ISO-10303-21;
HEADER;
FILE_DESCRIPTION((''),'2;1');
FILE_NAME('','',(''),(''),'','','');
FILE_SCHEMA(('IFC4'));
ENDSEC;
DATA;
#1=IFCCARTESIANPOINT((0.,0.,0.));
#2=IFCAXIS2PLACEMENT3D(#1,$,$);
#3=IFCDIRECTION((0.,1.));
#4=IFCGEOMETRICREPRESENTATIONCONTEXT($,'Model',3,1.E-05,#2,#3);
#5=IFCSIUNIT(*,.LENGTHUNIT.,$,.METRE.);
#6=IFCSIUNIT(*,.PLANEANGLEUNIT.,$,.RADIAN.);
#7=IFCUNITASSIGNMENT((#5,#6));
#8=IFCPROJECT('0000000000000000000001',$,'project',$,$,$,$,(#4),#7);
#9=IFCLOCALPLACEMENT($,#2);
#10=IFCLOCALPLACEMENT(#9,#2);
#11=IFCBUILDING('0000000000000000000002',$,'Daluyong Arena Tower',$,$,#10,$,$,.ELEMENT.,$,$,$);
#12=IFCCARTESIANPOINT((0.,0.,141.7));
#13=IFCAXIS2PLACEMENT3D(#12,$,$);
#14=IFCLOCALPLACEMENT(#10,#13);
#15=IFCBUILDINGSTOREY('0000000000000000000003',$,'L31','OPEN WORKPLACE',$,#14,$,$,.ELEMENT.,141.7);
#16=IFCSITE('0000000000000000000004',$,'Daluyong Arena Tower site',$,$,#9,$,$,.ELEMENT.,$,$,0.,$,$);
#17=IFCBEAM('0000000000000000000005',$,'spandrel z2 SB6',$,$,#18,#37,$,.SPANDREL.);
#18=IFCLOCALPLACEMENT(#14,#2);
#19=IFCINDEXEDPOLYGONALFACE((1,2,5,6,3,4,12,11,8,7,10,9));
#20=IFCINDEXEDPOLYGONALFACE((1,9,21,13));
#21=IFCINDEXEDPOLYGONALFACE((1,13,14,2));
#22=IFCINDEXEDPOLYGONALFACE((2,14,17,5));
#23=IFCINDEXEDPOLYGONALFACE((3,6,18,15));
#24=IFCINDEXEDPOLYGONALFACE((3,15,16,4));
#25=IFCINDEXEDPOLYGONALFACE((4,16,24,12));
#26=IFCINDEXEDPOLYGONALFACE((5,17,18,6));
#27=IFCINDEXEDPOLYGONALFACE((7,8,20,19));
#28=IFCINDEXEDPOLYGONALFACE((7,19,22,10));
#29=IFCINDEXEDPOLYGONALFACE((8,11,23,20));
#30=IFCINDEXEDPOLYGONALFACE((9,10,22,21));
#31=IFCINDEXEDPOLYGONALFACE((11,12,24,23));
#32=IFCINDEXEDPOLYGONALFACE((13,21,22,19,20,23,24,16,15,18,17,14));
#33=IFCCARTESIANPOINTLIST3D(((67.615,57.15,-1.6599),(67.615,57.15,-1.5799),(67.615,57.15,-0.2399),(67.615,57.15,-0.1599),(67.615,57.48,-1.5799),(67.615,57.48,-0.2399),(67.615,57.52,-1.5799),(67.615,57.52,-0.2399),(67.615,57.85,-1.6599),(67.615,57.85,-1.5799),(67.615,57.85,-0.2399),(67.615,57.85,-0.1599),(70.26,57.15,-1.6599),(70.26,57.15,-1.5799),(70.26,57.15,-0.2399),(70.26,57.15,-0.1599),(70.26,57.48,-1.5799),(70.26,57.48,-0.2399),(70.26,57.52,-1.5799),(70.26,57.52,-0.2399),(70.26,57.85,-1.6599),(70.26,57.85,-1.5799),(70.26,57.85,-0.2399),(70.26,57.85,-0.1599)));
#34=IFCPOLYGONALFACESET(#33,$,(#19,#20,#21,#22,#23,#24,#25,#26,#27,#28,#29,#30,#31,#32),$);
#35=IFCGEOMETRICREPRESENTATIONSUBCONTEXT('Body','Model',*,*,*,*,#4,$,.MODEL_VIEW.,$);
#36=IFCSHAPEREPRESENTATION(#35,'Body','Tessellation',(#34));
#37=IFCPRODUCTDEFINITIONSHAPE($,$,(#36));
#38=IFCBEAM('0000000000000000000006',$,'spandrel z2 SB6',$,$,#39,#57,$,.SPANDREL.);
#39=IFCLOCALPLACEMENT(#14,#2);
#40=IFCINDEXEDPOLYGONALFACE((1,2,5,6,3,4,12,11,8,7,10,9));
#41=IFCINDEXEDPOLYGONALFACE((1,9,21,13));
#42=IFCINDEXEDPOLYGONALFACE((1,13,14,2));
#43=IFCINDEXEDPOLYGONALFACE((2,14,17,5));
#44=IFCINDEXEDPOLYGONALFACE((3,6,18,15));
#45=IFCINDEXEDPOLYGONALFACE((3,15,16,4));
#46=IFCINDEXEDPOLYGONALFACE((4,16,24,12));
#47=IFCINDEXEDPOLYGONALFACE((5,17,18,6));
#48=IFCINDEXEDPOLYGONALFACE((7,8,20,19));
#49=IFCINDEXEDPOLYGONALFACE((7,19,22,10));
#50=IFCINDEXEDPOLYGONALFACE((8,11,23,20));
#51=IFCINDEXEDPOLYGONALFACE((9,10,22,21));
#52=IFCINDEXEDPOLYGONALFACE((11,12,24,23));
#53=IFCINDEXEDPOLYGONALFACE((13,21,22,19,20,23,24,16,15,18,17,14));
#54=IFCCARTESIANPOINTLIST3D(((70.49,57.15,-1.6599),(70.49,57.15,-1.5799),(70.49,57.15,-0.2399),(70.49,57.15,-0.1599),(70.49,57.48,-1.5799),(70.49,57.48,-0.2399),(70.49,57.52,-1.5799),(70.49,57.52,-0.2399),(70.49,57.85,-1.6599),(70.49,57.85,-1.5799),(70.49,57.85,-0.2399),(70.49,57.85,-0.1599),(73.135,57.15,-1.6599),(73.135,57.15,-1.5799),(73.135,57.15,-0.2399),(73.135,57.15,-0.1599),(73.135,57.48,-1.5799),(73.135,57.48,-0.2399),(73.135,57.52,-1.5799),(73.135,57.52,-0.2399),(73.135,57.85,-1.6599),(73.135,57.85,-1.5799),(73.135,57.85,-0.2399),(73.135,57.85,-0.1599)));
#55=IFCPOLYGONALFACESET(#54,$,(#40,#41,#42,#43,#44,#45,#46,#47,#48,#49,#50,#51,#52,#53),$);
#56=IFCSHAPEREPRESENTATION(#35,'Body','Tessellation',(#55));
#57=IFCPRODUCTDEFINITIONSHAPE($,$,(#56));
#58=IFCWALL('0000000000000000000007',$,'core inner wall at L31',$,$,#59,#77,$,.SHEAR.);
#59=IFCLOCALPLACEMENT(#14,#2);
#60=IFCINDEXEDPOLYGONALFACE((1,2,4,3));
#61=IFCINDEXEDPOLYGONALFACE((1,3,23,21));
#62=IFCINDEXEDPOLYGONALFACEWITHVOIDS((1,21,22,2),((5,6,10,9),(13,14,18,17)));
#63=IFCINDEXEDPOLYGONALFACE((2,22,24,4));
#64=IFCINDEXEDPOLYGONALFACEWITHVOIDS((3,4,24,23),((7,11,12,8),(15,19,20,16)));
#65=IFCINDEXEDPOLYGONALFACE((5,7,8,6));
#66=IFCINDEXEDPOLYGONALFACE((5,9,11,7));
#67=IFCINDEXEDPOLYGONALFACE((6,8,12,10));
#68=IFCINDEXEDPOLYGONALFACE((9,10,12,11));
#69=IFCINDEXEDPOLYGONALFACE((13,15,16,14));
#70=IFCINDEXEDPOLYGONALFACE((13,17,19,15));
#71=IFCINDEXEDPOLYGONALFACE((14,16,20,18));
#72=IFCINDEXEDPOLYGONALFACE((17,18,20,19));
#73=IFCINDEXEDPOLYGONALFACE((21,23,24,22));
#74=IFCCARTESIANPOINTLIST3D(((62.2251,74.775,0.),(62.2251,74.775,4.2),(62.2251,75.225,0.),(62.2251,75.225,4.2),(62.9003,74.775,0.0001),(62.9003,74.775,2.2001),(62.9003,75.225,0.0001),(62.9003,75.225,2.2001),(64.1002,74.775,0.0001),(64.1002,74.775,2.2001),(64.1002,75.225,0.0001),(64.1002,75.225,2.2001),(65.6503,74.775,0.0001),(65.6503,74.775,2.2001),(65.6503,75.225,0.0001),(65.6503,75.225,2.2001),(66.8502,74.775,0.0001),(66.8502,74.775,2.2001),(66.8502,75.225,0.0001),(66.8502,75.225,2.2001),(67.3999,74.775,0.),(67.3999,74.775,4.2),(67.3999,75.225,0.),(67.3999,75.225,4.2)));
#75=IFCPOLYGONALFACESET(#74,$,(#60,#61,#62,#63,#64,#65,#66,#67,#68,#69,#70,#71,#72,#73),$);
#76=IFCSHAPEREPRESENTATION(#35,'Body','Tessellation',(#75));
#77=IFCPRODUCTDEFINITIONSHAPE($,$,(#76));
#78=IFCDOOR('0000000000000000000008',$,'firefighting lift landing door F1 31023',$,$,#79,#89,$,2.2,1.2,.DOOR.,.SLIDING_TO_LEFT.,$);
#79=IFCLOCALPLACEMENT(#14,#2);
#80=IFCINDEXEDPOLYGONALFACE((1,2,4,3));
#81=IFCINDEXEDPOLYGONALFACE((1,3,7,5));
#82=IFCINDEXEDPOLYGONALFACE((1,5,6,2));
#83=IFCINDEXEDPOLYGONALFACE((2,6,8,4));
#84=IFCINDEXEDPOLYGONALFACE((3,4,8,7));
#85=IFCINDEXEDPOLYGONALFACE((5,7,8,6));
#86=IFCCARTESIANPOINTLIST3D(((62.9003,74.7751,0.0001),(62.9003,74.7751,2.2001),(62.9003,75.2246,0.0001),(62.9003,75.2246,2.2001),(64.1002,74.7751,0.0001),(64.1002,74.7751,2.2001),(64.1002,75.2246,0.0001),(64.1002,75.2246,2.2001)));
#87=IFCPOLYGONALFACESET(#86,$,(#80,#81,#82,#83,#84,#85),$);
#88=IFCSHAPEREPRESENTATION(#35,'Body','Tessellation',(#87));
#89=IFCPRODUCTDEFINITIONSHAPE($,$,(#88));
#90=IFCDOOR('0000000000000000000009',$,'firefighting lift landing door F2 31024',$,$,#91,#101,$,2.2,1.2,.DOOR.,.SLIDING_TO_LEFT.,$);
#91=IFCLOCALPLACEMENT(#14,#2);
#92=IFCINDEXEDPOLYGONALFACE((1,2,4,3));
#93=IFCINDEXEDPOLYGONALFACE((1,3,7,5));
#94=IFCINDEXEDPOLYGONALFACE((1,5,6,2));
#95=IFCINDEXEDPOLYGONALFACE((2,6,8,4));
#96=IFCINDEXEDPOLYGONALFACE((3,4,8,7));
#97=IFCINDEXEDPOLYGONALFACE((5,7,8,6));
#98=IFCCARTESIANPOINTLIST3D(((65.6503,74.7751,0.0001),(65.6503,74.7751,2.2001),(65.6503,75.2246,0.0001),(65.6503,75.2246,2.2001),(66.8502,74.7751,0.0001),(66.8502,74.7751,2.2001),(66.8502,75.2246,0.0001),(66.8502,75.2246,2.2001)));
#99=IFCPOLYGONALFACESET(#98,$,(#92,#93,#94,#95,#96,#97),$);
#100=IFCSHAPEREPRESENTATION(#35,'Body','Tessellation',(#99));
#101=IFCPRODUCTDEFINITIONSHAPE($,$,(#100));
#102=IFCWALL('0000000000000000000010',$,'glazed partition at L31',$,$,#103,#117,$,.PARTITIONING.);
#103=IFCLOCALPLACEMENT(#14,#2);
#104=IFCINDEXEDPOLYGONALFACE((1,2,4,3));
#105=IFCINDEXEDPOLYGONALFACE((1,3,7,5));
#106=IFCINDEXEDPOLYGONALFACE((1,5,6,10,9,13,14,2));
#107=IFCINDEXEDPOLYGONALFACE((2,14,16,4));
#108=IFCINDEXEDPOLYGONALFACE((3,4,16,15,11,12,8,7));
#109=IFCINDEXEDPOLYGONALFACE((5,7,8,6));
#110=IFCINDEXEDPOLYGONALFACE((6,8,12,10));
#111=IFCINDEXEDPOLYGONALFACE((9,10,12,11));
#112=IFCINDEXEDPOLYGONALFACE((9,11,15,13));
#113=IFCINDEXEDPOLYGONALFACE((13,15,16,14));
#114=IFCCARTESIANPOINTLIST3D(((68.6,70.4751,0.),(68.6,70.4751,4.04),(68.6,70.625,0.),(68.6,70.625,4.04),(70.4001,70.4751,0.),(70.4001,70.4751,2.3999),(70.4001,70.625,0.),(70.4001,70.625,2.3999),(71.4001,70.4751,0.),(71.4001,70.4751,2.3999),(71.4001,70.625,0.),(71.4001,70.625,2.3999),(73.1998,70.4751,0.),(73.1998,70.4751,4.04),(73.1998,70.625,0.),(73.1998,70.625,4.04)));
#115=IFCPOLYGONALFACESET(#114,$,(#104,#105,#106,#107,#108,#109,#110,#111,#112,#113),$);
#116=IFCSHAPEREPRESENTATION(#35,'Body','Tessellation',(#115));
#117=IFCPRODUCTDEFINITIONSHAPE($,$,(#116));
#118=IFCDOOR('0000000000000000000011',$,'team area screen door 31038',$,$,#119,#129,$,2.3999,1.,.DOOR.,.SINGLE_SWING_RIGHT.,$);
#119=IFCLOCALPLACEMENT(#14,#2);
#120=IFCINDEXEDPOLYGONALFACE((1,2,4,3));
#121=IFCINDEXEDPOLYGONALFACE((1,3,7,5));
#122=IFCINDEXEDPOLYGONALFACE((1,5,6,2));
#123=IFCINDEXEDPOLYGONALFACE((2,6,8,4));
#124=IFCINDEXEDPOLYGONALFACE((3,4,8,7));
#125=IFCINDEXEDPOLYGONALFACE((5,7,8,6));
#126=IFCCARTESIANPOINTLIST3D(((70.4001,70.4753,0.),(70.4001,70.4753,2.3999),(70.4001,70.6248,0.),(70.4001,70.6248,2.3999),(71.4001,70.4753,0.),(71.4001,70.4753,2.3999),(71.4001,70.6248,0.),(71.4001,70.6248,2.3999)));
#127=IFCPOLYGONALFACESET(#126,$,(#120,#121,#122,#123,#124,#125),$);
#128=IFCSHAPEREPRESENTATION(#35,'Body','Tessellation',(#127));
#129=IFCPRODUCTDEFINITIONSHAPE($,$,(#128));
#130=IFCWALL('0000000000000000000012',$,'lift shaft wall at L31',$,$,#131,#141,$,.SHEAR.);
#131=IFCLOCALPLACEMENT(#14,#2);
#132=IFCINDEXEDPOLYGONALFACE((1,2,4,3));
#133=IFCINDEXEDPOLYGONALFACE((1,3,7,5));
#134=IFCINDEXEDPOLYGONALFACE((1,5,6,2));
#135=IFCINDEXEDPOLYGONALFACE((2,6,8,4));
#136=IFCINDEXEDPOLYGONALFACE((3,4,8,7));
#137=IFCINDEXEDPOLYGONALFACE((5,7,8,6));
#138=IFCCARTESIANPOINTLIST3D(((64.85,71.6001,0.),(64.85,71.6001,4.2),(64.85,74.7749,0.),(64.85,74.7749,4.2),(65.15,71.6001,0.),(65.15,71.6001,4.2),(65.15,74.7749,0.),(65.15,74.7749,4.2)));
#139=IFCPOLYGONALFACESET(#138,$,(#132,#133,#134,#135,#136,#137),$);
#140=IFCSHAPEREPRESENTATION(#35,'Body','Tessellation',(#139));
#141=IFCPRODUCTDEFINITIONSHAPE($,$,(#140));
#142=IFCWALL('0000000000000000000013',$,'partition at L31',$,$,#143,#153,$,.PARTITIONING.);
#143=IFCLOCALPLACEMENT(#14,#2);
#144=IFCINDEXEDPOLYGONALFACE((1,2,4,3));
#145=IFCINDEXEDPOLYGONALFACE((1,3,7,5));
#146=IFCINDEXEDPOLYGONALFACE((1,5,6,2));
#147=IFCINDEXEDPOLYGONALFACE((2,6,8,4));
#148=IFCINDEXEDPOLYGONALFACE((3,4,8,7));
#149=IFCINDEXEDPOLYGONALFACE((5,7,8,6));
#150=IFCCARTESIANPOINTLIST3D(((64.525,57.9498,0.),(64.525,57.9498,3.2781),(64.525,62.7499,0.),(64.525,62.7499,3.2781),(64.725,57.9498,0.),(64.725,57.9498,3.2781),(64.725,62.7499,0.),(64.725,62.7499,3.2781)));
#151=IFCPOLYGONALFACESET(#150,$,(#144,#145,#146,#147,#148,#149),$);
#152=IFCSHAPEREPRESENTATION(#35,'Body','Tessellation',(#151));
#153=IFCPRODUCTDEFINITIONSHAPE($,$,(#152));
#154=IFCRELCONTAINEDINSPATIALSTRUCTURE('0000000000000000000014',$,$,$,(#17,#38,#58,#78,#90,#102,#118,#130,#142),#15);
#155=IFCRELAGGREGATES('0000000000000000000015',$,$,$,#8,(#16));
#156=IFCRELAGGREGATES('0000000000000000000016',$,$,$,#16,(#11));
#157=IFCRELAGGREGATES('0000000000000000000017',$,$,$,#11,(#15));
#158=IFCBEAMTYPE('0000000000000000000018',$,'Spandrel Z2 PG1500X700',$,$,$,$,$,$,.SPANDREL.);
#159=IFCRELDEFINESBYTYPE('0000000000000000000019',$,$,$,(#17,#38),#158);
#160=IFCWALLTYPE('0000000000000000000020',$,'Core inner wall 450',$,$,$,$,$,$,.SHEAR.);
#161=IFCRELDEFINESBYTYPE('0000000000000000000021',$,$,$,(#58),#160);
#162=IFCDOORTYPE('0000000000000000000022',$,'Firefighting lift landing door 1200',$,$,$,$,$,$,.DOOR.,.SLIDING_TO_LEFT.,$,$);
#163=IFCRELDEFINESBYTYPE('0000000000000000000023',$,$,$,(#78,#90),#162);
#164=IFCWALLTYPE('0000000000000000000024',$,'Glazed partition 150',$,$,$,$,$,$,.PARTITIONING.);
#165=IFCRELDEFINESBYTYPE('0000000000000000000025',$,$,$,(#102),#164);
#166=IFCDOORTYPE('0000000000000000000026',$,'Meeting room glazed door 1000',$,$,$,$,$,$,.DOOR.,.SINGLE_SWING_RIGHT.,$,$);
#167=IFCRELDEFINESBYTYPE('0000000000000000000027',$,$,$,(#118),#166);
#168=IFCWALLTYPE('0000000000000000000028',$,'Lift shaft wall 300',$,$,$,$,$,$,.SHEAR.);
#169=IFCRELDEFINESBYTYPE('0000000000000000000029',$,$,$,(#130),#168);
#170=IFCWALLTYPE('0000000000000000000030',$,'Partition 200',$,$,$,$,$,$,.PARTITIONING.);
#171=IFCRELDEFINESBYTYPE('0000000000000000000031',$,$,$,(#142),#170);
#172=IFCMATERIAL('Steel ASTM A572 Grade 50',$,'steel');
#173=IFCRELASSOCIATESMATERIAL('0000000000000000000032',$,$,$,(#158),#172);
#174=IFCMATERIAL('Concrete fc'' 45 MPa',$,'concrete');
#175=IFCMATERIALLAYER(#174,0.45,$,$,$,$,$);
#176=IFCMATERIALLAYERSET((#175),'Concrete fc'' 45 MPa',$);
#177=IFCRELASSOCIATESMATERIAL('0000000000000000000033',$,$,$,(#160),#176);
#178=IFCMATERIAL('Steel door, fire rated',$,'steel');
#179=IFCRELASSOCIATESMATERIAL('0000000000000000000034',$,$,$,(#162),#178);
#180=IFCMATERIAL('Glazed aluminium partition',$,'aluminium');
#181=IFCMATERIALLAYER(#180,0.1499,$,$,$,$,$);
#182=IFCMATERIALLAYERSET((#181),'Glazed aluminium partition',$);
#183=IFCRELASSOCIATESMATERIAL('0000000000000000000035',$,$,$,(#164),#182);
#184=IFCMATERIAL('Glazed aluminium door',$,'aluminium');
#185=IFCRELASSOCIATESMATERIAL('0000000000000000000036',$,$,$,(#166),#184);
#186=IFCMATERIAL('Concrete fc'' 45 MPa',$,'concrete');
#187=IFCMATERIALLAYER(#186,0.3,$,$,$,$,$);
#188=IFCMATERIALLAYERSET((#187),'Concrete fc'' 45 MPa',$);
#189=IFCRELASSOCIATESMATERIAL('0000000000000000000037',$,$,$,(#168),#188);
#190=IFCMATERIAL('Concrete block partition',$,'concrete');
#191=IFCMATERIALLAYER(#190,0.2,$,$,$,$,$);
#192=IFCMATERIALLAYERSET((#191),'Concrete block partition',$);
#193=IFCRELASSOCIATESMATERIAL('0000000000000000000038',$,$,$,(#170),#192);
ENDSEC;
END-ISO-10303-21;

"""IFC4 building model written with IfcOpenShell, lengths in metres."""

from ifc_helpers import new_model, si_unit, direction, frame, frame_2d, origin, origin_2d, place, context, subcontext, project, spatial, rectangle, i_section, extrude, material, layer, layer_set, material_profile, profile_set, type_object, element, fill, save


model = new_model("IFC4")

# Units and contexts
model_context = context("Model", 3, precision=1e-05, world=origin(), true_north=direction((0.0, 1.0)))
body_context = subcontext(model_context, "Body", "Model", "MODEL_VIEW")
ifc_project = project(units=[si_unit("LENGTHUNIT", "METRE"), si_unit("PLANEANGLEUNIT", "RADIAN")], contexts=[model_context])

# Site, building, storey
site_placement = place(None, origin())
site = spatial("IfcSite", under=ifc_project, at=site_placement, Name="Daluyong Arena Tower site", CompositionType="ELEMENT", RefElevation=0.0)
building_placement = place(site_placement, origin())
building = spatial("IfcBuilding", under=site, at=building_placement, Name="Daluyong Arena Tower", CompositionType="ELEMENT")
storey_placement = place(building_placement, frame((0.0, 0.0, 141.7)))
storey = spatial("IfcBuildingStorey", under=building, at=storey_placement, Name="L31", Description="OPEN WORKPLACE", CompositionType="ELEMENT", Elevation=141.7)

# Beams
ifc_material_1 = material(Name="Steel ASTM A572 Grade 50", Category="steel")
ifc_material_profile_1 = material_profile(ifc_material_1, i_section(OverallWidth=0.7, OverallDepth=1.5, WebThickness=0.04, FlangeThickness=0.08, at=origin_2d()))
ifc_profile_set_1 = profile_set([ifc_material_profile_1], Name="Steel ASTM A572 Grade 50")
beam_type_1 = type_object("IfcBeamType", Name="Spandrel Z2 PG1500X700", PredefinedType="SPANDREL", material=ifc_profile_set_1)
for number, where, z_axis, x_axis, name in (
    (1, (67.615, 57.5, -0.9099), (1.0, 0.0, 0.0), (0.0, 1.0, 0.0), "spandrel z2 SB6"),
    (2, (70.49, 57.5, -0.9099), (1.0, 0.0, 0.0), (0.0, 1.0, 0.0), "spandrel z2 SB6"),
):
    element("IfcBeam", number, at=place(storey_placement, frame(where, z_axis=z_axis, x_axis=x_axis)), inside=storey, type_object=beam_type_1, Name=name, PredefinedType="SPANDREL", context=body_context, shape_type="SweptSolid", body=[
        extrude(i_section(OverallWidth=0.7, OverallDepth=1.5, WebThickness=0.04, FlangeThickness=0.08, at=origin_2d()), origin(), (0.0, 0.0, 1.0), 2.645),
    ])

# Shared definitions
ifc_material_2 = material(Name="Concrete fc' 45 MPa", Category="concrete")
ifc_layer_1 = layer(ifc_material_2, 0.45)
ifc_layer_set_1 = layer_set([ifc_layer_1], Name="Concrete fc' 45 MPa")
wall_type_1 = type_object("IfcWallType", Name="Core inner wall 450", PredefinedType="SHEAR", material=ifc_layer_set_1)

# Wall, openings, doors
wall_1_placement = place(storey_placement, frame((62.2251, 75.0, 0.0), z_axis=(0.0, 0.0, 1.0), x_axis=(1.0, 0.0, 0.0)))
wall_1 = element("IfcWall", 3, at=wall_1_placement, inside=storey, type_object=wall_type_1, Name="core inner wall at L31", PredefinedType="SHEAR", context=body_context, shape_type="SweptSolid", body=[
    extrude(rectangle(XDim=5.1748, YDim=0.45, at=frame_2d((2.5874, 0.0))), origin(), (0.0, 0.0, 1.0), 4.2),
])
opening_1_placement = place(wall_1_placement, frame((0.675, 0.0, 0.0)))
opening_1 = element("IfcOpeningElement", 4, at=opening_1_placement, cuts=wall_1, PredefinedType="OPENING", context=body_context, shape_type="SweptSolid", body=[
    extrude(rectangle(XDim=1.2, YDim=2.2, at=frame_2d((0.6001, 1.1001))), frame((0.0, 0.2349, 0.0), z_axis=(0.0, -1.0, 0.0), x_axis=(1.0, 0.0, 0.0)), (0.0, 0.0, 1.0), 0.47),
])
opening_2_placement = place(wall_1_placement, frame((3.425, 0.0, 0.0)))
opening_2 = element("IfcOpeningElement", 5, at=opening_2_placement, cuts=wall_1, PredefinedType="OPENING", context=body_context, shape_type="SweptSolid", body=[
    extrude(rectangle(XDim=1.2, YDim=2.2, at=frame_2d((0.6001, 1.1001))), frame((0.0, 0.2349, 0.0), z_axis=(0.0, -1.0, 0.0), x_axis=(1.0, 0.0, 0.0)), (0.0, 0.0, 1.0), 0.47),
])
ifc_material_3 = material(Name="Steel door, fire rated", Category="steel")
door_type_1 = type_object("IfcDoorType", Name="Firefighting lift landing door 1200", OperationType="SLIDING_TO_LEFT", PredefinedType="DOOR", material=ifc_material_3)
door_1_placement = place(opening_1_placement, origin())
door_1 = element("IfcDoor", 6, at=door_1_placement, inside=storey, type_object=door_type_1, Name="firefighting lift landing door F1 31023", OperationType="SLIDING_TO_LEFT", OverallHeight=2.2, OverallWidth=1.2, PredefinedType="DOOR", context=body_context, shape_type="SweptSolid", body=[
    extrude(rectangle(XDim=1.2, YDim=2.2, at=frame_2d((0.6001, 1.1001))), frame((0.0, 0.2246, 0.0), z_axis=(0.0, -1.0, 0.0), x_axis=(1.0, 0.0, 0.0)), (0.0, 0.0, 1.0), 0.4495),
])
fill(opening_1, door_1)
door_2_placement = place(opening_2_placement, origin())
door_2 = element("IfcDoor", 7, at=door_2_placement, inside=storey, type_object=door_type_1, Name="firefighting lift landing door F2 31024", OperationType="SLIDING_TO_LEFT", OverallHeight=2.2, OverallWidth=1.2, PredefinedType="DOOR", context=body_context, shape_type="SweptSolid", body=[
    extrude(rectangle(XDim=1.2, YDim=2.2, at=frame_2d((0.6001, 1.1001))), frame((0.0, 0.2246, 0.0), z_axis=(0.0, -1.0, 0.0), x_axis=(1.0, 0.0, 0.0)), (0.0, 0.0, 1.0), 0.4495),
])
fill(opening_2, door_2)

# Wall, opening, door
ifc_material_4 = material(Name="Glazed aluminium partition", Category="aluminium")
ifc_layer_2 = layer(ifc_material_4, 0.1499)
ifc_layer_set_2 = layer_set([ifc_layer_2], Name="Glazed aluminium partition")
wall_type_2 = type_object("IfcWallType", Name="Glazed partition 150", PredefinedType="PARTITIONING", material=ifc_layer_set_2)
wall_2_placement = place(storey_placement, frame((68.6001, 70.55, 0.0), z_axis=(0.0, 0.0, 1.0), x_axis=(1.0, 0.0, 0.0)))
wall_2 = element("IfcWall", 8, at=wall_2_placement, inside=storey, type_object=wall_type_2, Name="glazed partition at L31", PredefinedType="PARTITIONING", context=body_context, shape_type="SweptSolid", body=[
    extrude(rectangle(XDim=4.5999, YDim=0.1499, at=frame_2d((2.2998, 0.0))), origin(), (0.0, 0.0, 1.0), 4.04),
])
opening_3_placement = place(wall_2_placement, frame((1.8, 0.0, 0.0)))
opening_3 = element("IfcOpeningElement", 9, at=opening_3_placement, cuts=wall_2, PredefinedType="OPENING", context=body_context, shape_type="SweptSolid", body=[
    extrude(rectangle(XDim=1.0, YDim=2.3999, at=frame_2d((0.5, 1.2))), frame((0.0, 0.085, 0.0), z_axis=(0.0, -1.0, 0.0), x_axis=(1.0, 0.0, 0.0)), (0.0, 0.0, 1.0), 0.1699),
])
ifc_material_5 = material(Name="Glazed aluminium door", Category="aluminium")
door_type_2 = type_object("IfcDoorType", Name="Meeting room glazed door 1000", OperationType="SINGLE_SWING_RIGHT", PredefinedType="DOOR", material=ifc_material_5)
door_3_placement = place(opening_3_placement, origin())
door_3 = element("IfcDoor", 10, at=door_3_placement, inside=storey, type_object=door_type_2, Name="team area screen door 31038", OperationType="SINGLE_SWING_RIGHT", OverallHeight=2.3999, OverallWidth=1.0, PredefinedType="DOOR", context=body_context, shape_type="SweptSolid", body=[
    extrude(rectangle(XDim=1.0, YDim=2.3999, at=frame_2d((0.5, 1.2))), frame((0.0, 0.0747, 0.0), z_axis=(0.0, -1.0, 0.0), x_axis=(1.0, 0.0, 0.0)), (0.0, 0.0, 1.0), 0.1494),
])
fill(opening_3, door_3)

# Walls
ifc_material_6 = material(Name="Concrete fc' 45 MPa", Category="concrete")
ifc_layer_3 = layer(ifc_material_6, 0.3)
ifc_layer_set_3 = layer_set([ifc_layer_3], Name="Concrete fc' 45 MPa")
wall_type_3 = type_object("IfcWallType", Name="Lift shaft wall 300", PredefinedType="SHEAR", material=ifc_layer_set_3)
wall_3_placement = place(storey_placement, frame((65.0, 71.6001, 0.0), z_axis=(0.0, 0.0, 1.0), x_axis=(0.0, 1.0, 0.0)))
element("IfcWall", 11, at=wall_3_placement, inside=storey, type_object=wall_type_3, Name="lift shaft wall at L31", PredefinedType="SHEAR", context=body_context, shape_type="SweptSolid", body=[
    extrude(rectangle(XDim=3.1748, YDim=0.3, at=frame_2d((1.5874, 0.0))), origin(), (0.0, 0.0, 1.0), 4.2),
])
ifc_material_7 = material(Name="Concrete block partition", Category="concrete")
ifc_layer_4 = layer(ifc_material_7, 0.2)
ifc_layer_set_4 = layer_set([ifc_layer_4], Name="Concrete block partition")
wall_type_4 = type_object("IfcWallType", Name="Partition 200", PredefinedType="PARTITIONING", material=ifc_layer_set_4)
wall_4_placement = place(storey_placement, frame((64.625, 57.95, 0.0), z_axis=(0.0, 0.0, 1.0), x_axis=(0.0, 1.0, 0.0)))
element("IfcWall", 12, at=wall_4_placement, inside=storey, type_object=wall_type_4, Name="partition at L31", PredefinedType="PARTITIONING", context=body_context, shape_type="SweptSolid", body=[
    extrude(rectangle(XDim=4.8, YDim=0.2, at=frame_2d((2.3999, 0.0))), origin(), (0.0, 0.0, 1.0), 3.2781),
])

save(model, "model.ifc")
